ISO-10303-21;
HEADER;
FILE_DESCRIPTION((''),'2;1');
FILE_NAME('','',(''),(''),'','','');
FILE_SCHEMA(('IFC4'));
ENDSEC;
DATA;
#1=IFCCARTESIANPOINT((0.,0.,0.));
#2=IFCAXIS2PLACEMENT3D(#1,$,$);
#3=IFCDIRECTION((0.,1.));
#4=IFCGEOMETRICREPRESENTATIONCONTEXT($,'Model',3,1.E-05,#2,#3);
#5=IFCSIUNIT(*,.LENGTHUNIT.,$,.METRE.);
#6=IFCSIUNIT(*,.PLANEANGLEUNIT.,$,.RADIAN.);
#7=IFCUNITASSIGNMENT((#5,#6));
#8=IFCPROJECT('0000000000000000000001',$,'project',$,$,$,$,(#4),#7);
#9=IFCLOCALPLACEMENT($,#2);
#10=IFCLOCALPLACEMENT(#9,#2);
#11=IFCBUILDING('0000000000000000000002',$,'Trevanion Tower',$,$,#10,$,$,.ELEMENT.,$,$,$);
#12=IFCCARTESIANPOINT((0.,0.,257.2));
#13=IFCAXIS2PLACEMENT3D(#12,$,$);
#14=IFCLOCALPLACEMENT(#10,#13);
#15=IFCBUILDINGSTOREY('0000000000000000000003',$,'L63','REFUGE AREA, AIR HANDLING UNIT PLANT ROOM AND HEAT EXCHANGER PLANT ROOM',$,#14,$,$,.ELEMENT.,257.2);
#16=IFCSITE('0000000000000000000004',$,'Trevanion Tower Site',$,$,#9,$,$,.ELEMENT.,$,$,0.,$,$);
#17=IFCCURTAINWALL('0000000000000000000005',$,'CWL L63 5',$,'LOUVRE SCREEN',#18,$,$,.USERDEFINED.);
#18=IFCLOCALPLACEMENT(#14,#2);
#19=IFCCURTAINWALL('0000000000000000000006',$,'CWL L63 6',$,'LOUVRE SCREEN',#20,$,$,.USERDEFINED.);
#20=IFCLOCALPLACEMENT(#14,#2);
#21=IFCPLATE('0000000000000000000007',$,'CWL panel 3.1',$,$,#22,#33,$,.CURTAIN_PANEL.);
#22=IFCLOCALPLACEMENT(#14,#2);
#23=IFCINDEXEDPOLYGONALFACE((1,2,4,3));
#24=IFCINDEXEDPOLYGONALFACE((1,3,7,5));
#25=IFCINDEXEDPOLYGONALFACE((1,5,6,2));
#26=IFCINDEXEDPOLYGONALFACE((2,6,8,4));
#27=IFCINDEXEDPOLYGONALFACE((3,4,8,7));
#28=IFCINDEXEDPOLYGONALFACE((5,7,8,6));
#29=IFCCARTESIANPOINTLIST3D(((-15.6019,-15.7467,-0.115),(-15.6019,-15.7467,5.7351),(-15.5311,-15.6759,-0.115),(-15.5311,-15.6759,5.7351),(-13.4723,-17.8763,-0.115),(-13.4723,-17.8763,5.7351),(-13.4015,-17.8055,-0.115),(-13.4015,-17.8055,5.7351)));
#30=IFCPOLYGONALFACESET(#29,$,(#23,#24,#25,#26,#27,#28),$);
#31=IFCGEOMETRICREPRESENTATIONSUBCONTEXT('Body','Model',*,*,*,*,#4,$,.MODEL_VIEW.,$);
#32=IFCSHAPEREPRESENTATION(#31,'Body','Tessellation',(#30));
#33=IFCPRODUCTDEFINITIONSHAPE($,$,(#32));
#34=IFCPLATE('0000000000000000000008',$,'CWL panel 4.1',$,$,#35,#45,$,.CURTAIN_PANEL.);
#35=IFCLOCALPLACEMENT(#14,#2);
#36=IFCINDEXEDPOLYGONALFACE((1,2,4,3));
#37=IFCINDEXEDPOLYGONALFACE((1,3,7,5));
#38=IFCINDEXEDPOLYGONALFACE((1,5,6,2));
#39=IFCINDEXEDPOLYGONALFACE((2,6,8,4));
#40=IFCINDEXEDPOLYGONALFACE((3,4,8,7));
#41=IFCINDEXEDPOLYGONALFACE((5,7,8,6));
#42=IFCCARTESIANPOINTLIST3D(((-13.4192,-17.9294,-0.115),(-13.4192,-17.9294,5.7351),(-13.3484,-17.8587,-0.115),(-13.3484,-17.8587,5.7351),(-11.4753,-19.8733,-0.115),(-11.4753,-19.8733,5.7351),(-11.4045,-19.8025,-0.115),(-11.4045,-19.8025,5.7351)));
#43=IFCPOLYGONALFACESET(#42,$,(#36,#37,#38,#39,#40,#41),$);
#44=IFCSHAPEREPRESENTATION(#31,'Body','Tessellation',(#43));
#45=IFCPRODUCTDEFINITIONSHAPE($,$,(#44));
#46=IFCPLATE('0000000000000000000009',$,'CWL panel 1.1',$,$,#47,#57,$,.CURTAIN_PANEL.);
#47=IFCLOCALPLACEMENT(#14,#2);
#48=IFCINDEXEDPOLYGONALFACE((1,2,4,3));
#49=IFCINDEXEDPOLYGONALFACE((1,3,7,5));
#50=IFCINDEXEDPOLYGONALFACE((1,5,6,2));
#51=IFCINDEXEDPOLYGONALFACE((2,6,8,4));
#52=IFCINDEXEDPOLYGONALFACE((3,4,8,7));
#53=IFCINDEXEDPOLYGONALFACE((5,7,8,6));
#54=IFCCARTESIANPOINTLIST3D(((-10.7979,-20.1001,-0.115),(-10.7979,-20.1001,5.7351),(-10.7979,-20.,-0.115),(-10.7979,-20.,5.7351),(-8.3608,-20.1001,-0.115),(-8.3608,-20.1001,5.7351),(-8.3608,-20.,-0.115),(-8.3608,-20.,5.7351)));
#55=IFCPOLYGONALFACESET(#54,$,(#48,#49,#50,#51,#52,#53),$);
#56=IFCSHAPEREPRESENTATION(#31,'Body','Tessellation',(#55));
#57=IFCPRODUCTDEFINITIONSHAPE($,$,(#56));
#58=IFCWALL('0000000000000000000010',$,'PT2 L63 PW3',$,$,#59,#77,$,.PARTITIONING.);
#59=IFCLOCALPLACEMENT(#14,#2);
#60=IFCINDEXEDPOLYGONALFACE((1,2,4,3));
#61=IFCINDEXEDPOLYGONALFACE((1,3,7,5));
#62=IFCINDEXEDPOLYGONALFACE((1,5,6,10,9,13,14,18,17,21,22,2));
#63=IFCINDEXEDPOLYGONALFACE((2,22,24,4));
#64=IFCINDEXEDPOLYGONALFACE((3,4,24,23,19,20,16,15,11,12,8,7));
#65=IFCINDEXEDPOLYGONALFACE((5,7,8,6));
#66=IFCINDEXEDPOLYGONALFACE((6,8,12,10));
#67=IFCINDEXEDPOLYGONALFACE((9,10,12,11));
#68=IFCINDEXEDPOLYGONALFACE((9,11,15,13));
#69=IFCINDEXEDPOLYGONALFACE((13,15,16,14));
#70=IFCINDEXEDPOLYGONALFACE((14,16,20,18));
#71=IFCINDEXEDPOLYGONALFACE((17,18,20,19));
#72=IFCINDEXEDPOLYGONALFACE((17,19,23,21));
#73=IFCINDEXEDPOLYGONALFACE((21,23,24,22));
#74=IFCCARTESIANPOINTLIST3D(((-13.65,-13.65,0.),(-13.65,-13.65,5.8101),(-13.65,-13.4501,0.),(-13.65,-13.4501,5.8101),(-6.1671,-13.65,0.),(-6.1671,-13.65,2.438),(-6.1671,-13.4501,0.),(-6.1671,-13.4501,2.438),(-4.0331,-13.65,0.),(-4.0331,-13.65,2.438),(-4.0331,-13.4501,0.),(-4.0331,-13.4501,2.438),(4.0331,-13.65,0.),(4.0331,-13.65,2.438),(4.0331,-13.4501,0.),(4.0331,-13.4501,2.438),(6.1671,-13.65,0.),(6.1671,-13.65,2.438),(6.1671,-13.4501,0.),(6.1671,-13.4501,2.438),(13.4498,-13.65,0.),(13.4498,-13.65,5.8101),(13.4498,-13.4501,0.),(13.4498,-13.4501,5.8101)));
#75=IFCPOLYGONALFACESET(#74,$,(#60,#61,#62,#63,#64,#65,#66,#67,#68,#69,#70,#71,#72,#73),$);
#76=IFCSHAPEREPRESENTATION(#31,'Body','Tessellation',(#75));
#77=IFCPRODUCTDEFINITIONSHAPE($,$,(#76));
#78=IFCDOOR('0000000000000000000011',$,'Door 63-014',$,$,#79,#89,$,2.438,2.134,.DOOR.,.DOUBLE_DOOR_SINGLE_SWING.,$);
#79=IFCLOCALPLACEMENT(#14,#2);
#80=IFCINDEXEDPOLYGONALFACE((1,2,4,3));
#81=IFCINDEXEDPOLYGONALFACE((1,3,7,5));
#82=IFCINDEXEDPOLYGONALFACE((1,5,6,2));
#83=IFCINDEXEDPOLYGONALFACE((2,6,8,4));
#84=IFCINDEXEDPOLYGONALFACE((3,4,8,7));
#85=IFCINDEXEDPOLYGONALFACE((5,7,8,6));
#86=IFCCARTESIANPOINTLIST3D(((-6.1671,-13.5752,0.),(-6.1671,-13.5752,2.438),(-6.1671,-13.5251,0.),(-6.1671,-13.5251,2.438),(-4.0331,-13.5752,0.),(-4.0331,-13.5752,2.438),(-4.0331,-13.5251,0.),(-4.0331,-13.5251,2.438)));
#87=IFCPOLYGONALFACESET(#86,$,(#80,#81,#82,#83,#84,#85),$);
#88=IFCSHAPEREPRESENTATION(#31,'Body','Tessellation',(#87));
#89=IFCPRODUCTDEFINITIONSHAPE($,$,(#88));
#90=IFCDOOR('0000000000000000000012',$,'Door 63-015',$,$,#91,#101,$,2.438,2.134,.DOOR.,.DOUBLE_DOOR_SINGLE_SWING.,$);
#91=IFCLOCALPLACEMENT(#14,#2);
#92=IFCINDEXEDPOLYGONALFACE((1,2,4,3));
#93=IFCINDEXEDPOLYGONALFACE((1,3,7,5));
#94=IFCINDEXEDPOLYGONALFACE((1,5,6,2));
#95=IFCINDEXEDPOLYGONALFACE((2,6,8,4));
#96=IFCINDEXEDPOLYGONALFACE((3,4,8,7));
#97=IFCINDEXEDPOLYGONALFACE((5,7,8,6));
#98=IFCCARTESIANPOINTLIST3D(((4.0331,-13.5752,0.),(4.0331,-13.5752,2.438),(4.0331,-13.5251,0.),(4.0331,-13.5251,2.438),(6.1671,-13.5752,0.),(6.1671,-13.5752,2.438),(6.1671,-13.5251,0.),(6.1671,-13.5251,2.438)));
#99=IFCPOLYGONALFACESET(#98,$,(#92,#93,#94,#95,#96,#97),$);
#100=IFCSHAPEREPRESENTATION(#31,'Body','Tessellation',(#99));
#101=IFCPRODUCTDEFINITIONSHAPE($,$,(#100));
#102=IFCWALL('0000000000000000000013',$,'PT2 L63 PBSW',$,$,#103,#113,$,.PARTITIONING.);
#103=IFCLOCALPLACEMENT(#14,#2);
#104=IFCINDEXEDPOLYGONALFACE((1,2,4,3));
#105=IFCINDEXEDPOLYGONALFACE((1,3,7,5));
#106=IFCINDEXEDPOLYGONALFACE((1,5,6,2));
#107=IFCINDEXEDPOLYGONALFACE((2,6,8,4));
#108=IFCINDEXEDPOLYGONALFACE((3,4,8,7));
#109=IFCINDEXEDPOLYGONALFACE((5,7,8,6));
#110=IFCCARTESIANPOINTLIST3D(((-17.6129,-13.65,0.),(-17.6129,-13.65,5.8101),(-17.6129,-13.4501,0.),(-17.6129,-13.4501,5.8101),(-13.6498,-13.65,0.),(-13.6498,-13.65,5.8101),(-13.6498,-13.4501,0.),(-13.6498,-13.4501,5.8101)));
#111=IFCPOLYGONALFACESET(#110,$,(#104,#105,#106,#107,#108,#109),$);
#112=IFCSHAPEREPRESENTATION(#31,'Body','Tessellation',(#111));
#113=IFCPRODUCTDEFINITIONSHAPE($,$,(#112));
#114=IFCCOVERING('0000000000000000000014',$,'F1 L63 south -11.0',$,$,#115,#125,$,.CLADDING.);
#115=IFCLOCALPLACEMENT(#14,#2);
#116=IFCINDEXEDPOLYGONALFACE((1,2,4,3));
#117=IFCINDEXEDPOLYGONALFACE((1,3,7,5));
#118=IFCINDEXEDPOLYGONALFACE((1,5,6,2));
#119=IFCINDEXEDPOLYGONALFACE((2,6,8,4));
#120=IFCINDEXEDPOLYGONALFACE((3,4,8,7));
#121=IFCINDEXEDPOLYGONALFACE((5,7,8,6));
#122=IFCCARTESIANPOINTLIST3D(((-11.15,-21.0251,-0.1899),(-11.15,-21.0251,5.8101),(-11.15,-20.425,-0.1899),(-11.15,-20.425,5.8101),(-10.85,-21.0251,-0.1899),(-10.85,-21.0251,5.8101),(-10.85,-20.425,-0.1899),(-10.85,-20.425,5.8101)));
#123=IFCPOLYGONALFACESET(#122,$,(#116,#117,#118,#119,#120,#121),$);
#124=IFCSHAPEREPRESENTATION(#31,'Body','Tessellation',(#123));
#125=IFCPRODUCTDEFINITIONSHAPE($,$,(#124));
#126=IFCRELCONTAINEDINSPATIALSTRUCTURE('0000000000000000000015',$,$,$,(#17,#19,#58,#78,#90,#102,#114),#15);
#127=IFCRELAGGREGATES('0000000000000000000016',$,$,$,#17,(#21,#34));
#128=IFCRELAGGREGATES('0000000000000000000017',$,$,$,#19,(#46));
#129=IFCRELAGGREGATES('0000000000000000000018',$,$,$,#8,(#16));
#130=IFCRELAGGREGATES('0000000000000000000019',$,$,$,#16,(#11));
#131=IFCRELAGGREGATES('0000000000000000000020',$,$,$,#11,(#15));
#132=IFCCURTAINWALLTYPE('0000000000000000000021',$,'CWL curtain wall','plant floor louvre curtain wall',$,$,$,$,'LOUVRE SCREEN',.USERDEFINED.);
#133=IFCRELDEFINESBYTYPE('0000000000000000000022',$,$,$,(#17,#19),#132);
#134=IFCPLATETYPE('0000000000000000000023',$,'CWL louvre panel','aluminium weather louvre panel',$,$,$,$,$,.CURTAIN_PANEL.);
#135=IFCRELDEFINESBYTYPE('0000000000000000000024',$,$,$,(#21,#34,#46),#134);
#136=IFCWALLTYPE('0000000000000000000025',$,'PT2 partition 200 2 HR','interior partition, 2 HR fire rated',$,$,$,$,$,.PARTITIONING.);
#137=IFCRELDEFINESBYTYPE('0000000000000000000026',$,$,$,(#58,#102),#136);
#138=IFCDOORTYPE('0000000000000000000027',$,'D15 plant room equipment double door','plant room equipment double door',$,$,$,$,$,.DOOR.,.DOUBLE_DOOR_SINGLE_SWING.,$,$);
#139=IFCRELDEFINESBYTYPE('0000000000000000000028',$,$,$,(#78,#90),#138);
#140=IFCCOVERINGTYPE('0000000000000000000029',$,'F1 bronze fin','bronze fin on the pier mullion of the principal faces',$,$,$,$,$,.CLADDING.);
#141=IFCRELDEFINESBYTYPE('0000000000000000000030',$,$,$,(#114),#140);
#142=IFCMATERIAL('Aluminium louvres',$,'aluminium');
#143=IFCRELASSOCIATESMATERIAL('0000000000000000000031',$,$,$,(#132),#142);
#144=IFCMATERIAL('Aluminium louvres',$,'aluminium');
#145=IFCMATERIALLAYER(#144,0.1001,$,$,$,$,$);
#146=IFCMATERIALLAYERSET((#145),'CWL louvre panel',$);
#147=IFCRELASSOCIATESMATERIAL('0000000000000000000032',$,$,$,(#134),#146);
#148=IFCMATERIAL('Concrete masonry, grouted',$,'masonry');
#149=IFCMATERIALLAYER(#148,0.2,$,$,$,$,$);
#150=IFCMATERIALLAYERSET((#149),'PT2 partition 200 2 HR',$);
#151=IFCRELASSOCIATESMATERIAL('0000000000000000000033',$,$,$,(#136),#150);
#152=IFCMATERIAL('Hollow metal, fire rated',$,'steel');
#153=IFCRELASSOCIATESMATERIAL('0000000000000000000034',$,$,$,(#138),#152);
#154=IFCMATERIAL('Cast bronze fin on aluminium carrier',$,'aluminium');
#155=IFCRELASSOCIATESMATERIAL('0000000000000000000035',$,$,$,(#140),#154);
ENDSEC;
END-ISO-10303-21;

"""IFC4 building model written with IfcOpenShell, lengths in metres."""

from ifc_helpers import new_model, si_unit, direction, frame, frame_2d, origin, origin_2d, place, context, subcontext, project, spatial, rectangle, extrude, material, layer, layer_set, type_object, element, fill, aggregate, save


model = new_model("IFC4")

# Units and contexts
model_context = context("Model", 3, precision=1e-05, world=origin(), true_north=direction((0.0, 1.0)))
body_context = subcontext(model_context, "Body", "Model", "MODEL_VIEW")
ifc_project = project(units=[si_unit("LENGTHUNIT", "METRE"), si_unit("PLANEANGLEUNIT", "RADIAN")], contexts=[model_context])

# Site, building, storey
site_placement = place(None, origin())
site = spatial("IfcSite", under=ifc_project, at=site_placement, Name="Trevanion Tower Site", CompositionType="ELEMENT", RefElevation=0.0)
building_placement = place(site_placement, origin())
building = spatial("IfcBuilding", under=site, at=building_placement, Name="Trevanion Tower", CompositionType="ELEMENT")
storey_placement = place(building_placement, frame((0.0, 0.0, 257.2)))
storey = spatial("IfcBuildingStorey", under=building, at=storey_placement, Name="L63", Description="REFUGE AREA, AIR HANDLING UNIT PLANT ROOM AND HEAT EXCHANGER PLANT ROOM", CompositionType="ELEMENT", Elevation=257.2)

# Curtain wall
ifc_material_1 = material(Name="Aluminium louvres", Category="aluminium")
curtain_wall_type = type_object("IfcCurtainWallType", Name="CWL curtain wall", Description="plant floor louvre curtain wall", ElementType="LOUVRE SCREEN", PredefinedType="USERDEFINED", material=ifc_material_1)
curtain_wall_1_placement = place(storey_placement, origin())
curtain_wall_1 = element("IfcCurtainWall", 1, at=curtain_wall_1_placement, inside=storey, type_object=curtain_wall_type, Name="CWL L63 5", ObjectType="LOUVRE SCREEN", PredefinedType="USERDEFINED")

# Curtain wall
curtain_wall_2_placement = place(storey_placement, origin())
curtain_wall_2 = element("IfcCurtainWall", 2, at=curtain_wall_2_placement, inside=storey, type_object=curtain_wall_type, Name="CWL L63 6", ObjectType="LOUVRE SCREEN", PredefinedType="USERDEFINED")

# Plates
ifc_material_2 = material(Name="Aluminium louvres", Category="aluminium")
ifc_layer_1 = layer(ifc_material_2, 0.1001)
ifc_layer_set_1 = layer_set([ifc_layer_1], Name="CWL louvre panel")
plate_type = type_object("IfcPlateType", Name="CWL louvre panel", Description="aluminium weather louvre panel", PredefinedType="CURTAIN_PANEL", material=ifc_layer_set_1)
plate_1_placement = place(storey_placement, frame((-14.5017, -16.7761, -0.115), z_axis=(0.0, 0.0, 1.0), x_axis=(0.707107, -0.707107, 0.0)))
plate_1 = element("IfcPlate", 3, at=plate_1_placement, type_object=plate_type, Name="CWL panel 3.1", PredefinedType="CURTAIN_PANEL", context=body_context, shape_type="SweptSolid", body=[
    extrude(rectangle(XDim=3.0117, YDim=0.1001, at=origin_2d()), origin(), (0.0, 0.0, 1.0), 5.8501),
])
plate_2_placement = place(storey_placement, frame((-12.4119, -18.866, -0.115), z_axis=(0.0, 0.0, 1.0), x_axis=(0.707107, -0.707107, 0.0)))
plate_2 = element("IfcPlate", 4, at=plate_2_placement, type_object=plate_type, Name="CWL panel 4.1", PredefinedType="CURTAIN_PANEL", context=body_context, shape_type="SweptSolid", body=[
    extrude(rectangle(XDim=2.749, YDim=0.1001, at=origin_2d()), origin(), (0.0, 0.0, 1.0), 5.8501),
])
aggregate(curtain_wall_1, [plate_1, plate_2])
plate_3_placement = place(storey_placement, frame((-9.5793, -20.05, -0.115), z_axis=(0.0, 0.0, 1.0), x_axis=(1.0, 0.0, 0.0)))
plate_3 = element("IfcPlate", 5, at=plate_3_placement, type_object=plate_type, Name="CWL panel 1.1", PredefinedType="CURTAIN_PANEL", context=body_context, shape_type="SweptSolid", body=[
    extrude(rectangle(XDim=2.437, YDim=0.1001, at=origin_2d()), origin(), (0.0, 0.0, 1.0), 5.8501),
])
aggregate(curtain_wall_2, [plate_3])

# Wall, openings, doors
ifc_material_3 = material(Name="Concrete masonry, grouted", Category="masonry")
ifc_layer_2 = layer(ifc_material_3, 0.2)
ifc_layer_set_2 = layer_set([ifc_layer_2], Name="PT2 partition 200 2 HR")
wall_type = type_object("IfcWallType", Name="PT2 partition 200 2 HR", Description="interior partition, 2 HR fire rated", PredefinedType="PARTITIONING", material=ifc_layer_set_2)
wall_1_placement = place(storey_placement, frame((-13.6499, -13.55, 0.0), z_axis=(0.0, 0.0, 1.0), x_axis=(1.0, 0.0, 0.0)))
wall_1 = element("IfcWall", 6, at=wall_1_placement, inside=storey, type_object=wall_type, Name="PT2 L63 PW3", PredefinedType="PARTITIONING", context=body_context, shape_type="SweptSolid", body=[
    extrude(rectangle(XDim=27.0999, YDim=0.2, at=frame_2d((13.5498, 0.0))), origin(), (0.0, 0.0, 1.0), 5.8101),
])
opening_1_placement = place(wall_1_placement, frame((7.4829, 0.0, 0.0)))
opening_1 = element("IfcOpeningElement", 7, at=opening_1_placement, cuts=wall_1, PredefinedType="OPENING", context=body_context, shape_type="SweptSolid", body=[
    extrude(rectangle(XDim=2.134, YDim=2.438, at=frame_2d((1.0669, 1.219))), frame((0.0, 0.1099, 0.0), z_axis=(0.0, -1.0, 0.0), x_axis=(1.0, 0.0, 0.0)), (0.0, 0.0, 1.0), 0.22),
])
opening_2_placement = place(wall_1_placement, frame((17.6831, 0.0, 0.0)))
opening_2 = element("IfcOpeningElement", 8, at=opening_2_placement, cuts=wall_1, PredefinedType="OPENING", context=body_context, shape_type="SweptSolid", body=[
    extrude(rectangle(XDim=2.134, YDim=2.438, at=frame_2d((1.0669, 1.219))), frame((0.0, 0.1099, 0.0), z_axis=(0.0, -1.0, 0.0), x_axis=(1.0, 0.0, 0.0)), (0.0, 0.0, 1.0), 0.22),
])
ifc_material_4 = material(Name="Hollow metal, fire rated", Category="steel")
door_type = type_object("IfcDoorType", Name="D15 plant room equipment double door", Description="plant room equipment double door", OperationType="DOUBLE_DOOR_SINGLE_SWING", PredefinedType="DOOR", material=ifc_material_4)
door_1_placement = place(opening_1_placement, origin())
door_1 = element("IfcDoor", 9, at=door_1_placement, inside=storey, type_object=door_type, Name="Door 63-014", OperationType="DOUBLE_DOOR_SINGLE_SWING", OverallHeight=2.438, OverallWidth=2.134, PredefinedType="DOOR", context=body_context, shape_type="SweptSolid", body=[
    extrude(rectangle(XDim=2.134, YDim=2.438, at=frame_2d((1.0669, 1.219))), frame((0.0, 0.0249, 0.0), z_axis=(0.0, -1.0, 0.0), x_axis=(1.0, 0.0, 0.0)), (0.0, 0.0, 1.0), 0.05),
])
fill(opening_1, door_1)
door_2_placement = place(opening_2_placement, origin())
door_2 = element("IfcDoor", 10, at=door_2_placement, inside=storey, type_object=door_type, Name="Door 63-015", OperationType="DOUBLE_DOOR_SINGLE_SWING", OverallHeight=2.438, OverallWidth=2.134, PredefinedType="DOOR", context=body_context, shape_type="SweptSolid", body=[
    extrude(rectangle(XDim=2.134, YDim=2.438, at=frame_2d((1.0669, 1.219))), frame((0.0, 0.0249, 0.0), z_axis=(0.0, -1.0, 0.0), x_axis=(1.0, 0.0, 0.0)), (0.0, 0.0, 1.0), 0.05),
])
fill(opening_2, door_2)

# Wall
wall_2_placement = place(storey_placement, frame((-13.6499, -13.55, 0.0), z_axis=(0.0, 0.0, 1.0), x_axis=(-1.0, 0.0, 0.0)))
element("IfcWall", 11, at=wall_2_placement, inside=storey, type_object=wall_type, Name="PT2 L63 PBSW", PredefinedType="PARTITIONING", context=body_context, shape_type="SweptSolid", body=[
    extrude(rectangle(XDim=3.9631, YDim=0.2, at=frame_2d((1.9814, 0.0))), origin(), (0.0, 0.0, 1.0), 5.8101),
])

# Covering
ifc_material_5 = material(Name="Cast bronze fin on aluminium carrier", Category="aluminium")
covering_type = type_object("IfcCoveringType", Name="F1 bronze fin", Description="bronze fin on the pier mullion of the principal faces", PredefinedType="CLADDING", material=ifc_material_5)
covering_placement = place(storey_placement, frame((-11.0, -20.7251, -0.1899), z_axis=(0.0, 0.0, 1.0), x_axis=(1.0, 0.0, 0.0)))
element("IfcCovering", 12, at=covering_placement, inside=storey, type_object=covering_type, Name="F1 L63 south -11.0", PredefinedType="CLADDING", context=body_context, shape_type="SweptSolid", body=[
    extrude(rectangle(XDim=0.3, YDim=0.6001, at=origin_2d()), origin(), (0.0, 0.0, 1.0), 6.0),
])

save(model, "model.ifc")
